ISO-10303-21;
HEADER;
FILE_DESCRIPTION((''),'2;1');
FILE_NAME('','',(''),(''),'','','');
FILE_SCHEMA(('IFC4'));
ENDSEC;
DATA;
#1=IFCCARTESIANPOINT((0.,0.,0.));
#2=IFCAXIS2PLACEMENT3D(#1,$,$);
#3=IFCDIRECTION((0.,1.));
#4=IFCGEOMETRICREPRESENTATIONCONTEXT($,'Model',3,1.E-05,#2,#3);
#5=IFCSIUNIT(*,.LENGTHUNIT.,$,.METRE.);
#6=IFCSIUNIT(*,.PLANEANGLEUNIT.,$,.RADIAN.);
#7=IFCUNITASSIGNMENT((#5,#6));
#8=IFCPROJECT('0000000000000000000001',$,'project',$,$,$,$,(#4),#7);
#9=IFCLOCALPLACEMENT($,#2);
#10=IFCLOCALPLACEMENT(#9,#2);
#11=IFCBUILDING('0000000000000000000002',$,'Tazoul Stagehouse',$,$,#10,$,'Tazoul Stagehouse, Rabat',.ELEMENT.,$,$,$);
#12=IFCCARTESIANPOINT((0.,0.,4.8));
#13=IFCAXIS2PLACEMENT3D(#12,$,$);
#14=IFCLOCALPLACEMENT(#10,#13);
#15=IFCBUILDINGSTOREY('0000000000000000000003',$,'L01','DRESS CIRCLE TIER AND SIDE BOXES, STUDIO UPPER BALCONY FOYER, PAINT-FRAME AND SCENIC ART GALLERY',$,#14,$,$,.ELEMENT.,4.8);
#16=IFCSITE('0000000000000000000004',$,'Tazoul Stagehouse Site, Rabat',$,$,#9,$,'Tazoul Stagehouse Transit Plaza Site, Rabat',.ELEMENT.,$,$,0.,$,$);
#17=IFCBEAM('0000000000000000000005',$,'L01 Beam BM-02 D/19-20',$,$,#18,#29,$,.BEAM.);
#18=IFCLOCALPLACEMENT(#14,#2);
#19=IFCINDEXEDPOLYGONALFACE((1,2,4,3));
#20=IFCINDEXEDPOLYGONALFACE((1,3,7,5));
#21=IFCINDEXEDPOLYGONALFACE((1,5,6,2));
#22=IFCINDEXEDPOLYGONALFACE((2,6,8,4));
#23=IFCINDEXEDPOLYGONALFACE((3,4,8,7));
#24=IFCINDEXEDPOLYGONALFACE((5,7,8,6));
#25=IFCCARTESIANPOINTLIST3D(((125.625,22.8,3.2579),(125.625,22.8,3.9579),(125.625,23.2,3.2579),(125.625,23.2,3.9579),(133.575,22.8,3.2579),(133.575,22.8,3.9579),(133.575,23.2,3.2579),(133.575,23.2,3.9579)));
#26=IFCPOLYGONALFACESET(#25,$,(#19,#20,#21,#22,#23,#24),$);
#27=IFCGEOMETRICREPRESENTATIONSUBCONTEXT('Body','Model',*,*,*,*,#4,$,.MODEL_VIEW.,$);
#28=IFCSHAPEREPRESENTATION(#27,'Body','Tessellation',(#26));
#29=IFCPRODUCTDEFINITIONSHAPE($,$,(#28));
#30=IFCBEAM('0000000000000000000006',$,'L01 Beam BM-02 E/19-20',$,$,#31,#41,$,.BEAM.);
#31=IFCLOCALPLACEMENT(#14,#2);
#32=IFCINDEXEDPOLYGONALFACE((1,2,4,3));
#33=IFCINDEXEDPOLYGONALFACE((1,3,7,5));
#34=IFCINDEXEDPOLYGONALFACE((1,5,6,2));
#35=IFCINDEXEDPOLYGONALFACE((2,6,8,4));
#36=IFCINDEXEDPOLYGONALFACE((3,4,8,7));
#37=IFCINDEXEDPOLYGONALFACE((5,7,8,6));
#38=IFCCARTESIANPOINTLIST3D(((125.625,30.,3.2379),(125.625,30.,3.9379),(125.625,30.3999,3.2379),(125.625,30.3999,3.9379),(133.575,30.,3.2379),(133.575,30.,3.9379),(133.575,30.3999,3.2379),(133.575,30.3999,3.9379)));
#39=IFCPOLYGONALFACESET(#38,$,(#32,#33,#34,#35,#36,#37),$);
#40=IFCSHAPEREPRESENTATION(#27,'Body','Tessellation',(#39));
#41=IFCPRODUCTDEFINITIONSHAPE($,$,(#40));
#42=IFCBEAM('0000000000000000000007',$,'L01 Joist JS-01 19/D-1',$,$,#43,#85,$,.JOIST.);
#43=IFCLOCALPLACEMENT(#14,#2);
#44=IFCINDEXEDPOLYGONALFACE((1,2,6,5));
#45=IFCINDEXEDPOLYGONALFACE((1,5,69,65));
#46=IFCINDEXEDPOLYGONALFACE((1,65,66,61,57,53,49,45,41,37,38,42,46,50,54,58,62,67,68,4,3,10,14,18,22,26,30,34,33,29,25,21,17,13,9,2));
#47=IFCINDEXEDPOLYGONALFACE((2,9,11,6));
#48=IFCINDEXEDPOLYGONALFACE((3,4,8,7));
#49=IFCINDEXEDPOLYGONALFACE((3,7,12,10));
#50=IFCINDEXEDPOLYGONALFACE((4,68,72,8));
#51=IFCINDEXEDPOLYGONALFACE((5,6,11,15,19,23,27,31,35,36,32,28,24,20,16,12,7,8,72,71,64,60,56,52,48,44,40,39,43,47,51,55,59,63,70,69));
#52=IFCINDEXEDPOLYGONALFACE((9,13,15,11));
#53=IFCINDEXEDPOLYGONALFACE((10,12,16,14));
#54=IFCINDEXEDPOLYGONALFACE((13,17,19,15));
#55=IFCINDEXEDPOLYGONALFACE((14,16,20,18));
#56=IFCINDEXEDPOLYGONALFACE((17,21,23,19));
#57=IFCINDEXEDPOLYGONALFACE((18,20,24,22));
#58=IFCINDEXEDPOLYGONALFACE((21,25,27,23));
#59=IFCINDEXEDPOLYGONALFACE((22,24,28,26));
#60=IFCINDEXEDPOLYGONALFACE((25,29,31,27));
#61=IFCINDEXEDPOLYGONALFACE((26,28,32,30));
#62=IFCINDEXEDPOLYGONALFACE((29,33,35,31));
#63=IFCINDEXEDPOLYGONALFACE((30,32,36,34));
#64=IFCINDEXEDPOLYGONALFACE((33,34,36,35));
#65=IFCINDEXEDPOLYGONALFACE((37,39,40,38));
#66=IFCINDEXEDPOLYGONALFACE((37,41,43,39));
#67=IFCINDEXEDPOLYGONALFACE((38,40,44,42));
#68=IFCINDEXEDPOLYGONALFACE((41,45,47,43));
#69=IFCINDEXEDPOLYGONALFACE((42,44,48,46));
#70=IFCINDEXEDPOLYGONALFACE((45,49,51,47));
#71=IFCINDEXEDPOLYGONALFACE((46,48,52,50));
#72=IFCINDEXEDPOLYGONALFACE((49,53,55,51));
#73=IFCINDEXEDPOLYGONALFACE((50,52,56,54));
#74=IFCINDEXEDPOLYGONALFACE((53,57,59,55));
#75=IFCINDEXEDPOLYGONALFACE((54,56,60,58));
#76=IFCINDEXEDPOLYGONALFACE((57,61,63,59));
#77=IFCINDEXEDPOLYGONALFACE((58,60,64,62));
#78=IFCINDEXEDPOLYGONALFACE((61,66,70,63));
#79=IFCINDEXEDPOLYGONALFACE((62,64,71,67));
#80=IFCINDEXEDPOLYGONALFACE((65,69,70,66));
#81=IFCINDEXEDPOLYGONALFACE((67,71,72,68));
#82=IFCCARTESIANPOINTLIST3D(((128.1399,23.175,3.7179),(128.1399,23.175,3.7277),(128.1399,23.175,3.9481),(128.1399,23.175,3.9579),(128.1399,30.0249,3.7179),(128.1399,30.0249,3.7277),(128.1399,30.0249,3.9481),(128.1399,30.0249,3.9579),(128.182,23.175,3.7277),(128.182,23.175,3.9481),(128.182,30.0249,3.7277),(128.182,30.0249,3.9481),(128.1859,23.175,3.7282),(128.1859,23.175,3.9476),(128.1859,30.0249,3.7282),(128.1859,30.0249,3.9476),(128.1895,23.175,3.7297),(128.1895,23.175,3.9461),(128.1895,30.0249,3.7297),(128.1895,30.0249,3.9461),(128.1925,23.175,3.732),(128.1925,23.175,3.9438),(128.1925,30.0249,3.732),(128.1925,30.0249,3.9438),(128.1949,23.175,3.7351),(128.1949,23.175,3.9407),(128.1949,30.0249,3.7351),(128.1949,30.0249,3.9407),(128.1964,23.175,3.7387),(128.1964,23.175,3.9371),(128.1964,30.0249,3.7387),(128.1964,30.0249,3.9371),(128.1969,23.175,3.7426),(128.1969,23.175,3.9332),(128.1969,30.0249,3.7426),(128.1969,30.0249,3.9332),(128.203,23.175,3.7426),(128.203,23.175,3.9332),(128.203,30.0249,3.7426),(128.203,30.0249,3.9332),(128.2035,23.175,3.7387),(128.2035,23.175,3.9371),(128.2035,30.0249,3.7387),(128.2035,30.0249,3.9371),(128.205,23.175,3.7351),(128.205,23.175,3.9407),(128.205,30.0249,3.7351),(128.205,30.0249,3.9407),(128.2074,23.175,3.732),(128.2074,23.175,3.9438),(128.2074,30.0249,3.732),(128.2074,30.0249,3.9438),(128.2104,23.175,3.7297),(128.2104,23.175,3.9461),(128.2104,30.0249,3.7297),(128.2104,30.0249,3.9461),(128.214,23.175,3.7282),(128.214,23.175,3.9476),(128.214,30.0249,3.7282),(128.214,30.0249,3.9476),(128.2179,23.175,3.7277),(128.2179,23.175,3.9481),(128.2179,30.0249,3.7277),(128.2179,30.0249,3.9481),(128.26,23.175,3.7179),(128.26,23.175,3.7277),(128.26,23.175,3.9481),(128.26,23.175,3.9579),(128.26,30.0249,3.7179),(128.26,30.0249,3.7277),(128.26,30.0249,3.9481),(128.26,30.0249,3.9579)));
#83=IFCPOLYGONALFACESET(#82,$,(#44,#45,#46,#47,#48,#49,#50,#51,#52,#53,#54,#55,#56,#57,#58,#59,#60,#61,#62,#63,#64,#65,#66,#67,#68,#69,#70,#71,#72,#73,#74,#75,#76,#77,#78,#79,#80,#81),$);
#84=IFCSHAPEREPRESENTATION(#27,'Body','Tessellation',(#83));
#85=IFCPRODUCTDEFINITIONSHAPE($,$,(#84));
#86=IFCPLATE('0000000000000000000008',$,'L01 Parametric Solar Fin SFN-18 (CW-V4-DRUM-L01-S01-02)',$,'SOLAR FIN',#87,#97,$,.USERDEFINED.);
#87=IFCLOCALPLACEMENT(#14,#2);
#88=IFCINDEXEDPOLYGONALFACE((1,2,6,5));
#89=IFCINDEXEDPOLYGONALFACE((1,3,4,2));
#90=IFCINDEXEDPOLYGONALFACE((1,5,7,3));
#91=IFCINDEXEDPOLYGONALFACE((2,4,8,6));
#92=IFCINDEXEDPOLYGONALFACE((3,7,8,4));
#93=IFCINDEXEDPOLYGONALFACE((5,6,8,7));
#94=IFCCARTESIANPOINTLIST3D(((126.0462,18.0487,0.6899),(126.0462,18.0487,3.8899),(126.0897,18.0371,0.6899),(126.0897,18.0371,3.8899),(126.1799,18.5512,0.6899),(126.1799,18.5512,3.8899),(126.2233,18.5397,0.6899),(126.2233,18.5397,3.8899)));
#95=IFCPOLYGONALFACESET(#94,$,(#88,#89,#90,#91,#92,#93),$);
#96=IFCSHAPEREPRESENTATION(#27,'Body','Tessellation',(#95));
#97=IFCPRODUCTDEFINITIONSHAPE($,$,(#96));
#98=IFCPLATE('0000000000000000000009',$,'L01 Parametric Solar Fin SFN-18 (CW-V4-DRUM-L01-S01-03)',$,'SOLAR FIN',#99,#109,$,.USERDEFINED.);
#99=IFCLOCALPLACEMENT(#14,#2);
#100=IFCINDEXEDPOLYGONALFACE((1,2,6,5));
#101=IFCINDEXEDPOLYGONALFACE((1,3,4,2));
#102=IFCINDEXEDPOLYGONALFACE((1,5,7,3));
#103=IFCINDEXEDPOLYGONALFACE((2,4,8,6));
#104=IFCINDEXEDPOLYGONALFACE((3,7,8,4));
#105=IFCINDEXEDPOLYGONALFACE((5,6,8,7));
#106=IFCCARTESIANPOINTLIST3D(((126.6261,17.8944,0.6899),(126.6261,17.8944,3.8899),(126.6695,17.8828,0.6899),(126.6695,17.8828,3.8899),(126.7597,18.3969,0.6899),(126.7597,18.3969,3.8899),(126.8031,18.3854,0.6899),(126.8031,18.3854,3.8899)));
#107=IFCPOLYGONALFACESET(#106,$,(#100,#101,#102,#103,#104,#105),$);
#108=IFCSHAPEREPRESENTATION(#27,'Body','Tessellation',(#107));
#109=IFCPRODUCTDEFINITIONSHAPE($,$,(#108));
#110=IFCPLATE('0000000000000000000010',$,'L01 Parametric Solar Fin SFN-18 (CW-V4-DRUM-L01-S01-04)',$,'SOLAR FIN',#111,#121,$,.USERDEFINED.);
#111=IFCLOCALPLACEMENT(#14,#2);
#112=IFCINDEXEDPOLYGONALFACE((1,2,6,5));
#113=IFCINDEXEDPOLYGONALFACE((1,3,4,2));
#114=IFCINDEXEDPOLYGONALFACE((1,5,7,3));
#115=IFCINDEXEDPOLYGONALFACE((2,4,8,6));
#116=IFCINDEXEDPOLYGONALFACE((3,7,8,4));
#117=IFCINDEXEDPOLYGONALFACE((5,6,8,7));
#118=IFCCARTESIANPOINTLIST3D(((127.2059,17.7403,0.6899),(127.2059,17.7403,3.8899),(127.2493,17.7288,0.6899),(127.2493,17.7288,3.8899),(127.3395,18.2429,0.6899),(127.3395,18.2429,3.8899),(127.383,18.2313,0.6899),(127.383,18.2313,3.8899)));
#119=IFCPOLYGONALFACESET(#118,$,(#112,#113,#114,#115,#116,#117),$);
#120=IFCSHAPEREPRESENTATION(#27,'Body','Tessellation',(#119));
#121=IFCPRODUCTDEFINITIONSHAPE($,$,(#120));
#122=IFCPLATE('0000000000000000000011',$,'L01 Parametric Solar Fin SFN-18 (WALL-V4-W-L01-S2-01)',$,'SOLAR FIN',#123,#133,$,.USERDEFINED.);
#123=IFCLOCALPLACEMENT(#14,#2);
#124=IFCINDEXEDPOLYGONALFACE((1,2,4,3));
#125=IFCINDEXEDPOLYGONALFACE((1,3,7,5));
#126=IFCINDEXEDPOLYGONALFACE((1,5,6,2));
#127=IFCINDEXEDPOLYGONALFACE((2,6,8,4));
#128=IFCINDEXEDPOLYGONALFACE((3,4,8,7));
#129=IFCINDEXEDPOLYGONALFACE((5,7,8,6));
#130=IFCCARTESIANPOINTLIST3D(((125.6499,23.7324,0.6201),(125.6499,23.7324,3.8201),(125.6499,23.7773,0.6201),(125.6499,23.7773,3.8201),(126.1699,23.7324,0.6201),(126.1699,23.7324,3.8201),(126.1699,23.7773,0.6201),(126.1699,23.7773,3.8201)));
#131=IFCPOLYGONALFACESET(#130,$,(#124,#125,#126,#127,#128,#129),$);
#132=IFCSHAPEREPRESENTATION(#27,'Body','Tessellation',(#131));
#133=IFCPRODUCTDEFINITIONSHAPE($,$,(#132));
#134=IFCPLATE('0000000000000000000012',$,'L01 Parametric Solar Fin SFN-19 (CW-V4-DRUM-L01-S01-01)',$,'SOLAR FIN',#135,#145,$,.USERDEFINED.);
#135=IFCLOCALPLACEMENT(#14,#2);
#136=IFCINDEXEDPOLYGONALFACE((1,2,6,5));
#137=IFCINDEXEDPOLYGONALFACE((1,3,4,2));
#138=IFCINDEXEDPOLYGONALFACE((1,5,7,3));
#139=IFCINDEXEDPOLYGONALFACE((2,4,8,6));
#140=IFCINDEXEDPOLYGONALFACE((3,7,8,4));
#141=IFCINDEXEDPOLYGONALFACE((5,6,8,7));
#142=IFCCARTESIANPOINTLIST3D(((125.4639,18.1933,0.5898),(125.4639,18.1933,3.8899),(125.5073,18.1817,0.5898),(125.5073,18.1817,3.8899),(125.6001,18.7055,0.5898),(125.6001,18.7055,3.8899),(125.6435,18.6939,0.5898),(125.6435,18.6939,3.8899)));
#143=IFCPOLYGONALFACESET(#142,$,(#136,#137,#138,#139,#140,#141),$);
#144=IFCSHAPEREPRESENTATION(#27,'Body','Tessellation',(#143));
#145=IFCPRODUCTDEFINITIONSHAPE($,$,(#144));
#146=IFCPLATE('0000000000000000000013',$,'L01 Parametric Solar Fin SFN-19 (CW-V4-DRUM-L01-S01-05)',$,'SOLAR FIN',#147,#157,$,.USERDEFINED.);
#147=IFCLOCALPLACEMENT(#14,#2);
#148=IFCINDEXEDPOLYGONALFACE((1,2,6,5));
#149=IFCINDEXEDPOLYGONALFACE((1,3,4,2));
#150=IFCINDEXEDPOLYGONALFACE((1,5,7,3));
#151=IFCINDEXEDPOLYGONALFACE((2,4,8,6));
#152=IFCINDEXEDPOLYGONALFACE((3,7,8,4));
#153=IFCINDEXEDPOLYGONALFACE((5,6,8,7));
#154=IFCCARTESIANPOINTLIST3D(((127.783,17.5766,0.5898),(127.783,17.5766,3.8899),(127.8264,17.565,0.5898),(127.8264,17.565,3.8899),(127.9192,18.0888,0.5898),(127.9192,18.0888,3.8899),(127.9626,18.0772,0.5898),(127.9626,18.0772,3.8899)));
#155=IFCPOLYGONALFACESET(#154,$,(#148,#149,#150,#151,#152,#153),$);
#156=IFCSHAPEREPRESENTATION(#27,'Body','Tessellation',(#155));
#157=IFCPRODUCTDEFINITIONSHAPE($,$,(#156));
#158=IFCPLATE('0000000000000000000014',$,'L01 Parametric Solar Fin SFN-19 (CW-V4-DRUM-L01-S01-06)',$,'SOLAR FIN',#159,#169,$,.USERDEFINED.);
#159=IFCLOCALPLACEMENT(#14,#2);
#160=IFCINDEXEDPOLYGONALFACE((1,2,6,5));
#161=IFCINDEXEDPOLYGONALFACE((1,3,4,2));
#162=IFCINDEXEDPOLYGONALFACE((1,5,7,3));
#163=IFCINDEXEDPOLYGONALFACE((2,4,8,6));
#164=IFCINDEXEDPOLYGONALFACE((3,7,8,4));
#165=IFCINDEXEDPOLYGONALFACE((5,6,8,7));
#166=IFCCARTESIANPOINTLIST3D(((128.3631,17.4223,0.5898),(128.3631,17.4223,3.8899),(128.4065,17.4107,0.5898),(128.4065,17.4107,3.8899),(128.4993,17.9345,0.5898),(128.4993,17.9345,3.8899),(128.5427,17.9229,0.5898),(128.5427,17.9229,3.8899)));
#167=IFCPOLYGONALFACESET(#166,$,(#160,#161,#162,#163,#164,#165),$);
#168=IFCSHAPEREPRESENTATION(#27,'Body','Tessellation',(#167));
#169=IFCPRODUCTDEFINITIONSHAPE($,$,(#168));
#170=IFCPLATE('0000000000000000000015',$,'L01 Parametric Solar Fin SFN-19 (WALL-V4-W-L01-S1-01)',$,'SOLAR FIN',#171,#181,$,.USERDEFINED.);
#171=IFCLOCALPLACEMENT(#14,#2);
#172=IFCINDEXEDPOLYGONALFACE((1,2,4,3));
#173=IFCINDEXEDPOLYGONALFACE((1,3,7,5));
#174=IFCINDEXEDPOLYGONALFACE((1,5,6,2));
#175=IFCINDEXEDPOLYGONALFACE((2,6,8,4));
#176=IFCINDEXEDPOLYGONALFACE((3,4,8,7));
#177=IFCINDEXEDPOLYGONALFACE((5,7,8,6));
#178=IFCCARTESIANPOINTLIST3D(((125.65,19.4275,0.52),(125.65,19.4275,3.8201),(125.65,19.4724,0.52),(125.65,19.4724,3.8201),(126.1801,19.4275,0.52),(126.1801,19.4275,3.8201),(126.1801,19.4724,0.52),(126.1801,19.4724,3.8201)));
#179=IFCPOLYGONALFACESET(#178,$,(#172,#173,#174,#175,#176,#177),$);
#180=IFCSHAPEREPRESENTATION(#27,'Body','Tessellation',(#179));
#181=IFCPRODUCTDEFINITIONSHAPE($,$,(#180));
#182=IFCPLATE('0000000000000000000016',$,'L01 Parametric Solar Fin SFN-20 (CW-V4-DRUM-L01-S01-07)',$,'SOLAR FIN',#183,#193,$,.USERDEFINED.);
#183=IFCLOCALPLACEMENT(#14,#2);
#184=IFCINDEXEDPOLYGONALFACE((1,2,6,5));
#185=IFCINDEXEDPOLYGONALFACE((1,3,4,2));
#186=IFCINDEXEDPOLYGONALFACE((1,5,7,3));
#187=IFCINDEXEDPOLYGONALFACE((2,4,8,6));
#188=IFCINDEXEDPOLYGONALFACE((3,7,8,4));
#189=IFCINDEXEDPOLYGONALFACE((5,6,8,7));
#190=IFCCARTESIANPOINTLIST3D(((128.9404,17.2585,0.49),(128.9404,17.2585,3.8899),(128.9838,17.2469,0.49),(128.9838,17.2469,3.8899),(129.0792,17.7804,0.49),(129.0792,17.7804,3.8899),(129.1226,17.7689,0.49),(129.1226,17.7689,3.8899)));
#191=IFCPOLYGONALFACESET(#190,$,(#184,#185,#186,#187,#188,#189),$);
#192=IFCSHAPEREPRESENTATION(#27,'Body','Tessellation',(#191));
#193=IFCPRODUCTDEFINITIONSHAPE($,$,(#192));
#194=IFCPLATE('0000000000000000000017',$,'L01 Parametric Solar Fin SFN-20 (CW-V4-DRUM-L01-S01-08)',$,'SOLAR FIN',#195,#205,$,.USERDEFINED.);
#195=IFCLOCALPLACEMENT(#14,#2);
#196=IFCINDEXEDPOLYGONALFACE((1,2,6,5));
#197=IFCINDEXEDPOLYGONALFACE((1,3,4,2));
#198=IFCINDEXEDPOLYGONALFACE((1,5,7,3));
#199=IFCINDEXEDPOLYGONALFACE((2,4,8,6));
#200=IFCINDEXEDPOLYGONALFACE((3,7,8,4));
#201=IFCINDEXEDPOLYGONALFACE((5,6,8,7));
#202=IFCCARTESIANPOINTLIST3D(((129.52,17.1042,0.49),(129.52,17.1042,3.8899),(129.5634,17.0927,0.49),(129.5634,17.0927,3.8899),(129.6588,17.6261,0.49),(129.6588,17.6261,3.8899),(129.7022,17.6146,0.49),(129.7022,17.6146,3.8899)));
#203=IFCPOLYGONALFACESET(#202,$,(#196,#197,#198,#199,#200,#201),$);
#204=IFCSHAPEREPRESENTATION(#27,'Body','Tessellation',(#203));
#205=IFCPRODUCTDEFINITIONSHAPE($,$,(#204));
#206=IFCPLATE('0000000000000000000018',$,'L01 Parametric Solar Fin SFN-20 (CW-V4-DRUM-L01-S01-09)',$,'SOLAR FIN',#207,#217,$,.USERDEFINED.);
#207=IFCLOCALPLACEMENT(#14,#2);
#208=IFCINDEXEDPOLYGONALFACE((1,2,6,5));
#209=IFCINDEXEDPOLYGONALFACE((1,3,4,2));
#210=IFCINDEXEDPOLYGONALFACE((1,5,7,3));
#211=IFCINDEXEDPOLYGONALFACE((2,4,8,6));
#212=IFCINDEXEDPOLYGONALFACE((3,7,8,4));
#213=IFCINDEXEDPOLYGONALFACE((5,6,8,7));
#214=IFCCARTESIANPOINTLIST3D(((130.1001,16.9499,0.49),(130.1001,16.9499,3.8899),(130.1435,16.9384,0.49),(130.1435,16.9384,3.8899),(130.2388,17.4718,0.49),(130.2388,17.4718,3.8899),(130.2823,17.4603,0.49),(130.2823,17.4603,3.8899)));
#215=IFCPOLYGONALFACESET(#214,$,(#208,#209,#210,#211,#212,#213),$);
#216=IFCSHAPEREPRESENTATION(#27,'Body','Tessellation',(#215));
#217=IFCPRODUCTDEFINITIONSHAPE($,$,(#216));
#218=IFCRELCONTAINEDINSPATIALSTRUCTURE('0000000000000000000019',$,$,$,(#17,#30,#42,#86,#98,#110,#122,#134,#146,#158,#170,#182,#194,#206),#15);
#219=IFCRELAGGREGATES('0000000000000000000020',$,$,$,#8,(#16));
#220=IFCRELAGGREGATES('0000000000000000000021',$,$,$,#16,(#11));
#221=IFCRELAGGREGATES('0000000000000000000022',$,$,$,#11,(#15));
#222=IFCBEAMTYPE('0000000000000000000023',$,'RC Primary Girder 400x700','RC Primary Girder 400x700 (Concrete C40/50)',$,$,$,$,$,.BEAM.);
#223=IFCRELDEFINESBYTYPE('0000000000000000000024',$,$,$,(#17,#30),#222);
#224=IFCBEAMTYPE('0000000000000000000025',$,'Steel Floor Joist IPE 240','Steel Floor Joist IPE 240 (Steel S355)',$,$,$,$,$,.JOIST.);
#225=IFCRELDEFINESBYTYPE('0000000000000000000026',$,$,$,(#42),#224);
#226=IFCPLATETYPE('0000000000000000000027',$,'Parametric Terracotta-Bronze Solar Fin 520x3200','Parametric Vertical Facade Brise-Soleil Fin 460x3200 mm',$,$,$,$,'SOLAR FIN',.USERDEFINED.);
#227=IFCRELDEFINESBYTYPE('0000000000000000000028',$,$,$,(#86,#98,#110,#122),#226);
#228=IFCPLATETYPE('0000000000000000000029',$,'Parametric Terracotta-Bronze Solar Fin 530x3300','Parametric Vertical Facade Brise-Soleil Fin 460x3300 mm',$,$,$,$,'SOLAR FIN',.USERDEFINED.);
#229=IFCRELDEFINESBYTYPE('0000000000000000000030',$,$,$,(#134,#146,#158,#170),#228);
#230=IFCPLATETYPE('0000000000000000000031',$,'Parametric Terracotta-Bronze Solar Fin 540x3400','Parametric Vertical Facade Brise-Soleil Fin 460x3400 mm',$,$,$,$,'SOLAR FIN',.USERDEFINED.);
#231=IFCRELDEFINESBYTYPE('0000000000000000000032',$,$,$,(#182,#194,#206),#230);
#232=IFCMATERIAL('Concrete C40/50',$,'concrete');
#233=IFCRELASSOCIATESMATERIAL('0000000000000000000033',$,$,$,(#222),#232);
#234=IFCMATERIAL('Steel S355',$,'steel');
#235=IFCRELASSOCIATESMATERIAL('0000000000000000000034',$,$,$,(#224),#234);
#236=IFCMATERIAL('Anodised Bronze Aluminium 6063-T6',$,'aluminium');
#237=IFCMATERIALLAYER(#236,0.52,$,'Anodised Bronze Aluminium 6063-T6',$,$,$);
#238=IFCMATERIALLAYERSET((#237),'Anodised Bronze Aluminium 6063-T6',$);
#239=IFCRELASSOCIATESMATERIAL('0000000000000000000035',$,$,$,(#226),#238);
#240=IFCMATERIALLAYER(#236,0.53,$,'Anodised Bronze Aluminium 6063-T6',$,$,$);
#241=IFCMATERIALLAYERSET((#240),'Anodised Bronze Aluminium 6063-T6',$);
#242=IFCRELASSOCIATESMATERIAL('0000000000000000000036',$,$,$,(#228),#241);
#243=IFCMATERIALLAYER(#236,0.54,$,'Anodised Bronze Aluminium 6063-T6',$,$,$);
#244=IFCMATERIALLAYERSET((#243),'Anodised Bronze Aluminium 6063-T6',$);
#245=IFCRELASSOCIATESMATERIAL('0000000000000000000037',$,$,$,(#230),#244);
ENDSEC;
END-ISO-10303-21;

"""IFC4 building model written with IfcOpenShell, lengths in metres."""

from ifc_helpers import new_model, si_unit, direction, frame, origin, origin_2d, place, context, subcontext, project, spatial, rectangle, i_section, extrude, material, layer, layer_set, material_profile, profile_set, type_object, element, save


model = new_model("IFC4")

# Units and contexts
model_context = context("Model", 3, precision=1e-05, world=origin(), true_north=direction((0.0, 1.0)))
body_context = subcontext(model_context, "Body", "Model", "MODEL_VIEW")
ifc_project = project(units=[si_unit("LENGTHUNIT", "METRE"), si_unit("PLANEANGLEUNIT", "RADIAN")], contexts=[model_context])

# Site, building, storey
site_placement = place(None, origin())
site = spatial("IfcSite", under=ifc_project, at=site_placement, Name="Tazoul Stagehouse Site, Rabat", LongName="Tazoul Stagehouse Transit Plaza Site, Rabat", CompositionType="ELEMENT", RefElevation=0.0)
building_placement = place(site_placement, origin())
building = spatial("IfcBuilding", under=site, at=building_placement, Name="Tazoul Stagehouse", LongName="Tazoul Stagehouse, Rabat", CompositionType="ELEMENT")
storey_placement = place(building_placement, frame((0.0, 0.0, 4.8)))
storey = spatial("IfcBuildingStorey", under=building, at=storey_placement, Name="L01", Description="DRESS CIRCLE TIER AND SIDE BOXES, STUDIO UPPER BALCONY FOYER, PAINT-FRAME AND SCENIC ART GALLERY", CompositionType="ELEMENT", Elevation=4.8)

# Beams
ifc_material_1 = material(Name="Concrete C40/50", Category="concrete")
ifc_material_profile_1 = material_profile(ifc_material_1, rectangle(XDim=0.3999, YDim=0.7, at=origin_2d()), Name="RC 400x700")
ifc_profile_set_1 = profile_set([ifc_material_profile_1], Name="Concrete C40/50")
beam_type_1 = type_object("IfcBeamType", Name="RC Primary Girder 400x700", Description="RC Primary Girder 400x700 (Concrete C40/50)", PredefinedType="BEAM", material=ifc_profile_set_1)
for number, where, z_axis, x_axis, name in (
    (1, (125.625, 23.0, 3.6079), (1.0, 0.0, 0.0), (0.0, 1.0, 0.0), "L01 Beam BM-02 D/19-20"),
    (2, (125.625, 30.2, 3.5879), (1.0, 0.0, 0.0), (0.0, 1.0, 0.0), "L01 Beam BM-02 E/19-20"),
):
    element("IfcBeam", number, at=place(storey_placement, frame(where, z_axis=z_axis, x_axis=x_axis)), inside=storey, type_object=beam_type_1, Name=name, PredefinedType="BEAM", context=body_context, shape_type="SweptSolid", body=[
        extrude(rectangle(XDim=0.3999, YDim=0.7, at=origin_2d()), origin(), (0.0, 0.0, 1.0), 7.95),
    ])
ifc_material_2 = material(Name="Steel S355", Category="steel")
ifc_material_profile_2 = material_profile(ifc_material_2, i_section(OverallWidth=0.1201, OverallDepth=0.24, WebThickness=0.0061, FlangeThickness=0.0098, FilletRadius=0.0149, at=origin_2d()), Name="IPE 240")
ifc_profile_set_2 = profile_set([ifc_material_profile_2], Name="Steel S355")
beam_type_2 = type_object("IfcBeamType", Name="Steel Floor Joist IPE 240", Description="Steel Floor Joist IPE 240 (Steel S355)", PredefinedType="JOIST", material=ifc_profile_set_2)
beam_placement = place(storey_placement, frame((128.2, 23.175, 3.8379), z_axis=(0.0, 1.0, 0.0), x_axis=(-1.0, 0.0, 0.0)))
element("IfcBeam", 3, at=beam_placement, inside=storey, type_object=beam_type_2, Name="L01 Joist JS-01 19/D-1", PredefinedType="JOIST", context=body_context, shape_type="SweptSolid", body=[
    extrude(i_section(OverallWidth=0.1201, OverallDepth=0.24, WebThickness=0.0061, FlangeThickness=0.0098, FilletRadius=0.0149, at=origin_2d()), origin(), (0.0, 0.0, 1.0), 6.8499),
])

# Plates
ifc_material_3 = material(Name="Anodised Bronze Aluminium 6063-T6", Category="aluminium")
ifc_layer_1 = layer(ifc_material_3, 0.52, Name="Anodised Bronze Aluminium 6063-T6")
ifc_layer_set_1 = layer_set([ifc_layer_1], Name="Anodised Bronze Aluminium 6063-T6")
plate_type_1 = type_object("IfcPlateType", Name="Parametric Terracotta-Bronze Solar Fin 520x3200", Description="Parametric Vertical Facade Brise-Soleil Fin 460x3200 mm", ElementType="SOLAR FIN", PredefinedType="USERDEFINED", material=ifc_layer_set_1)
for number, where, z_axis, x_axis, name in (
    (4, (126.1348, 18.2942, 0.6899), (0.0, 0.0, 1.0), (0.966413, -0.256993, 0.0), "L01 Parametric Solar Fin SFN-18 (CW-V4-DRUM-L01-S01-02)"),
    (5, (126.7146, 18.1399, 0.6899), (0.0, 0.0, 1.0), (0.966413, -0.256993, 0.0), "L01 Parametric Solar Fin SFN-18 (CW-V4-DRUM-L01-S01-03)"),
    (6, (127.2944, 17.9858, 0.6899), (0.0, 0.0, 1.0), (0.966413, -0.256993, 0.0), "L01 Parametric Solar Fin SFN-18 (CW-V4-DRUM-L01-S01-04)"),
    (7, (125.9099, 23.7549, 0.6201), (0.0, 0.0, 1.0), (0.0, 1.0, 0.0), "L01 Parametric Solar Fin SFN-18 (WALL-V4-W-L01-S2-01)"),
):
    element("IfcPlate", number, at=place(storey_placement, frame(where, z_axis=z_axis, x_axis=x_axis)), inside=storey, type_object=plate_type_1, Name=name, ObjectType="SOLAR FIN", PredefinedType="USERDEFINED", context=body_context, shape_type="SweptSolid", body=[
        extrude(rectangle(XDim=0.0449, YDim=0.52, at=origin_2d()), origin(), (0.0, 0.0, 1.0), 3.2),
    ])
ifc_layer_2 = layer(ifc_material_3, 0.53, Name="Anodised Bronze Aluminium 6063-T6")
ifc_layer_set_2 = layer_set([ifc_layer_2], Name="Anodised Bronze Aluminium 6063-T6")
plate_type_2 = type_object("IfcPlateType", Name="Parametric Terracotta-Bronze Solar Fin 530x3300", Description="Parametric Vertical Facade Brise-Soleil Fin 460x3300 mm", ElementType="SOLAR FIN", PredefinedType="USERDEFINED", material=ifc_layer_set_2)
for number, where, z_axis, x_axis, name in (
    (8, (125.5537, 18.4436, 0.5898), (0.0, 0.0, 1.0), (0.966413, -0.256993, 0.0), "L01 Parametric Solar Fin SFN-19 (CW-V4-DRUM-L01-S01-01)"),
    (9, (127.8728, 17.8269, 0.5898), (0.0, 0.0, 1.0), (0.966413, -0.256993, 0.0), "L01 Parametric Solar Fin SFN-19 (CW-V4-DRUM-L01-S01-05)"),
    (10, (128.4529, 17.6726, 0.5898), (0.0, 0.0, 1.0), (0.966413, -0.256993, 0.0), "L01 Parametric Solar Fin SFN-19 (CW-V4-DRUM-L01-S01-06)"),
    (11, (125.915, 19.45, 0.52), (0.0, 0.0, 1.0), (0.0, 1.0, 0.0), "L01 Parametric Solar Fin SFN-19 (WALL-V4-W-L01-S1-01)"),
):
    element("IfcPlate", number, at=place(storey_placement, frame(where, z_axis=z_axis, x_axis=x_axis)), inside=storey, type_object=plate_type_2, Name=name, ObjectType="SOLAR FIN", PredefinedType="USERDEFINED", context=body_context, shape_type="SweptSolid", body=[
        extrude(rectangle(XDim=0.0449, YDim=0.53, at=origin_2d()), origin(), (0.0, 0.0, 1.0), 3.3),
    ])
ifc_layer_3 = layer(ifc_material_3, 0.54, Name="Anodised Bronze Aluminium 6063-T6")
ifc_layer_set_3 = layer_set([ifc_layer_3], Name="Anodised Bronze Aluminium 6063-T6")
plate_type_3 = type_object("IfcPlateType", Name="Parametric Terracotta-Bronze Solar Fin 540x3400", Description="Parametric Vertical Facade Brise-Soleil Fin 460x3400 mm", ElementType="SOLAR FIN", PredefinedType="USERDEFINED", material=ifc_layer_set_3)
for number, where, z_axis, x_axis, name in (
    (12, (129.0315, 17.5137, 0.49), (0.0, 0.0, 1.0), (0.966413, -0.256993, 0.0), "L01 Parametric Solar Fin SFN-20 (CW-V4-DRUM-L01-S01-07)"),
    (13, (129.6111, 17.3594, 0.49), (0.0, 0.0, 1.0), (0.966413, -0.256993, 0.0), "L01 Parametric Solar Fin SFN-20 (CW-V4-DRUM-L01-S01-08)"),
    (14, (130.1912, 17.2051, 0.49), (0.0, 0.0, 1.0), (0.966413, -0.256993, 0.0), "L01 Parametric Solar Fin SFN-20 (CW-V4-DRUM-L01-S01-09)"),
):
    element("IfcPlate", number, at=place(storey_placement, frame(where, z_axis=z_axis, x_axis=x_axis)), inside=storey, type_object=plate_type_3, Name=name, ObjectType="SOLAR FIN", PredefinedType="USERDEFINED", context=body_context, shape_type="SweptSolid", body=[
        extrude(rectangle(XDim=0.0449, YDim=0.54, at=origin_2d()), origin(), (0.0, 0.0, 1.0), 3.3999),
    ])

save(model, "model.ifc")
